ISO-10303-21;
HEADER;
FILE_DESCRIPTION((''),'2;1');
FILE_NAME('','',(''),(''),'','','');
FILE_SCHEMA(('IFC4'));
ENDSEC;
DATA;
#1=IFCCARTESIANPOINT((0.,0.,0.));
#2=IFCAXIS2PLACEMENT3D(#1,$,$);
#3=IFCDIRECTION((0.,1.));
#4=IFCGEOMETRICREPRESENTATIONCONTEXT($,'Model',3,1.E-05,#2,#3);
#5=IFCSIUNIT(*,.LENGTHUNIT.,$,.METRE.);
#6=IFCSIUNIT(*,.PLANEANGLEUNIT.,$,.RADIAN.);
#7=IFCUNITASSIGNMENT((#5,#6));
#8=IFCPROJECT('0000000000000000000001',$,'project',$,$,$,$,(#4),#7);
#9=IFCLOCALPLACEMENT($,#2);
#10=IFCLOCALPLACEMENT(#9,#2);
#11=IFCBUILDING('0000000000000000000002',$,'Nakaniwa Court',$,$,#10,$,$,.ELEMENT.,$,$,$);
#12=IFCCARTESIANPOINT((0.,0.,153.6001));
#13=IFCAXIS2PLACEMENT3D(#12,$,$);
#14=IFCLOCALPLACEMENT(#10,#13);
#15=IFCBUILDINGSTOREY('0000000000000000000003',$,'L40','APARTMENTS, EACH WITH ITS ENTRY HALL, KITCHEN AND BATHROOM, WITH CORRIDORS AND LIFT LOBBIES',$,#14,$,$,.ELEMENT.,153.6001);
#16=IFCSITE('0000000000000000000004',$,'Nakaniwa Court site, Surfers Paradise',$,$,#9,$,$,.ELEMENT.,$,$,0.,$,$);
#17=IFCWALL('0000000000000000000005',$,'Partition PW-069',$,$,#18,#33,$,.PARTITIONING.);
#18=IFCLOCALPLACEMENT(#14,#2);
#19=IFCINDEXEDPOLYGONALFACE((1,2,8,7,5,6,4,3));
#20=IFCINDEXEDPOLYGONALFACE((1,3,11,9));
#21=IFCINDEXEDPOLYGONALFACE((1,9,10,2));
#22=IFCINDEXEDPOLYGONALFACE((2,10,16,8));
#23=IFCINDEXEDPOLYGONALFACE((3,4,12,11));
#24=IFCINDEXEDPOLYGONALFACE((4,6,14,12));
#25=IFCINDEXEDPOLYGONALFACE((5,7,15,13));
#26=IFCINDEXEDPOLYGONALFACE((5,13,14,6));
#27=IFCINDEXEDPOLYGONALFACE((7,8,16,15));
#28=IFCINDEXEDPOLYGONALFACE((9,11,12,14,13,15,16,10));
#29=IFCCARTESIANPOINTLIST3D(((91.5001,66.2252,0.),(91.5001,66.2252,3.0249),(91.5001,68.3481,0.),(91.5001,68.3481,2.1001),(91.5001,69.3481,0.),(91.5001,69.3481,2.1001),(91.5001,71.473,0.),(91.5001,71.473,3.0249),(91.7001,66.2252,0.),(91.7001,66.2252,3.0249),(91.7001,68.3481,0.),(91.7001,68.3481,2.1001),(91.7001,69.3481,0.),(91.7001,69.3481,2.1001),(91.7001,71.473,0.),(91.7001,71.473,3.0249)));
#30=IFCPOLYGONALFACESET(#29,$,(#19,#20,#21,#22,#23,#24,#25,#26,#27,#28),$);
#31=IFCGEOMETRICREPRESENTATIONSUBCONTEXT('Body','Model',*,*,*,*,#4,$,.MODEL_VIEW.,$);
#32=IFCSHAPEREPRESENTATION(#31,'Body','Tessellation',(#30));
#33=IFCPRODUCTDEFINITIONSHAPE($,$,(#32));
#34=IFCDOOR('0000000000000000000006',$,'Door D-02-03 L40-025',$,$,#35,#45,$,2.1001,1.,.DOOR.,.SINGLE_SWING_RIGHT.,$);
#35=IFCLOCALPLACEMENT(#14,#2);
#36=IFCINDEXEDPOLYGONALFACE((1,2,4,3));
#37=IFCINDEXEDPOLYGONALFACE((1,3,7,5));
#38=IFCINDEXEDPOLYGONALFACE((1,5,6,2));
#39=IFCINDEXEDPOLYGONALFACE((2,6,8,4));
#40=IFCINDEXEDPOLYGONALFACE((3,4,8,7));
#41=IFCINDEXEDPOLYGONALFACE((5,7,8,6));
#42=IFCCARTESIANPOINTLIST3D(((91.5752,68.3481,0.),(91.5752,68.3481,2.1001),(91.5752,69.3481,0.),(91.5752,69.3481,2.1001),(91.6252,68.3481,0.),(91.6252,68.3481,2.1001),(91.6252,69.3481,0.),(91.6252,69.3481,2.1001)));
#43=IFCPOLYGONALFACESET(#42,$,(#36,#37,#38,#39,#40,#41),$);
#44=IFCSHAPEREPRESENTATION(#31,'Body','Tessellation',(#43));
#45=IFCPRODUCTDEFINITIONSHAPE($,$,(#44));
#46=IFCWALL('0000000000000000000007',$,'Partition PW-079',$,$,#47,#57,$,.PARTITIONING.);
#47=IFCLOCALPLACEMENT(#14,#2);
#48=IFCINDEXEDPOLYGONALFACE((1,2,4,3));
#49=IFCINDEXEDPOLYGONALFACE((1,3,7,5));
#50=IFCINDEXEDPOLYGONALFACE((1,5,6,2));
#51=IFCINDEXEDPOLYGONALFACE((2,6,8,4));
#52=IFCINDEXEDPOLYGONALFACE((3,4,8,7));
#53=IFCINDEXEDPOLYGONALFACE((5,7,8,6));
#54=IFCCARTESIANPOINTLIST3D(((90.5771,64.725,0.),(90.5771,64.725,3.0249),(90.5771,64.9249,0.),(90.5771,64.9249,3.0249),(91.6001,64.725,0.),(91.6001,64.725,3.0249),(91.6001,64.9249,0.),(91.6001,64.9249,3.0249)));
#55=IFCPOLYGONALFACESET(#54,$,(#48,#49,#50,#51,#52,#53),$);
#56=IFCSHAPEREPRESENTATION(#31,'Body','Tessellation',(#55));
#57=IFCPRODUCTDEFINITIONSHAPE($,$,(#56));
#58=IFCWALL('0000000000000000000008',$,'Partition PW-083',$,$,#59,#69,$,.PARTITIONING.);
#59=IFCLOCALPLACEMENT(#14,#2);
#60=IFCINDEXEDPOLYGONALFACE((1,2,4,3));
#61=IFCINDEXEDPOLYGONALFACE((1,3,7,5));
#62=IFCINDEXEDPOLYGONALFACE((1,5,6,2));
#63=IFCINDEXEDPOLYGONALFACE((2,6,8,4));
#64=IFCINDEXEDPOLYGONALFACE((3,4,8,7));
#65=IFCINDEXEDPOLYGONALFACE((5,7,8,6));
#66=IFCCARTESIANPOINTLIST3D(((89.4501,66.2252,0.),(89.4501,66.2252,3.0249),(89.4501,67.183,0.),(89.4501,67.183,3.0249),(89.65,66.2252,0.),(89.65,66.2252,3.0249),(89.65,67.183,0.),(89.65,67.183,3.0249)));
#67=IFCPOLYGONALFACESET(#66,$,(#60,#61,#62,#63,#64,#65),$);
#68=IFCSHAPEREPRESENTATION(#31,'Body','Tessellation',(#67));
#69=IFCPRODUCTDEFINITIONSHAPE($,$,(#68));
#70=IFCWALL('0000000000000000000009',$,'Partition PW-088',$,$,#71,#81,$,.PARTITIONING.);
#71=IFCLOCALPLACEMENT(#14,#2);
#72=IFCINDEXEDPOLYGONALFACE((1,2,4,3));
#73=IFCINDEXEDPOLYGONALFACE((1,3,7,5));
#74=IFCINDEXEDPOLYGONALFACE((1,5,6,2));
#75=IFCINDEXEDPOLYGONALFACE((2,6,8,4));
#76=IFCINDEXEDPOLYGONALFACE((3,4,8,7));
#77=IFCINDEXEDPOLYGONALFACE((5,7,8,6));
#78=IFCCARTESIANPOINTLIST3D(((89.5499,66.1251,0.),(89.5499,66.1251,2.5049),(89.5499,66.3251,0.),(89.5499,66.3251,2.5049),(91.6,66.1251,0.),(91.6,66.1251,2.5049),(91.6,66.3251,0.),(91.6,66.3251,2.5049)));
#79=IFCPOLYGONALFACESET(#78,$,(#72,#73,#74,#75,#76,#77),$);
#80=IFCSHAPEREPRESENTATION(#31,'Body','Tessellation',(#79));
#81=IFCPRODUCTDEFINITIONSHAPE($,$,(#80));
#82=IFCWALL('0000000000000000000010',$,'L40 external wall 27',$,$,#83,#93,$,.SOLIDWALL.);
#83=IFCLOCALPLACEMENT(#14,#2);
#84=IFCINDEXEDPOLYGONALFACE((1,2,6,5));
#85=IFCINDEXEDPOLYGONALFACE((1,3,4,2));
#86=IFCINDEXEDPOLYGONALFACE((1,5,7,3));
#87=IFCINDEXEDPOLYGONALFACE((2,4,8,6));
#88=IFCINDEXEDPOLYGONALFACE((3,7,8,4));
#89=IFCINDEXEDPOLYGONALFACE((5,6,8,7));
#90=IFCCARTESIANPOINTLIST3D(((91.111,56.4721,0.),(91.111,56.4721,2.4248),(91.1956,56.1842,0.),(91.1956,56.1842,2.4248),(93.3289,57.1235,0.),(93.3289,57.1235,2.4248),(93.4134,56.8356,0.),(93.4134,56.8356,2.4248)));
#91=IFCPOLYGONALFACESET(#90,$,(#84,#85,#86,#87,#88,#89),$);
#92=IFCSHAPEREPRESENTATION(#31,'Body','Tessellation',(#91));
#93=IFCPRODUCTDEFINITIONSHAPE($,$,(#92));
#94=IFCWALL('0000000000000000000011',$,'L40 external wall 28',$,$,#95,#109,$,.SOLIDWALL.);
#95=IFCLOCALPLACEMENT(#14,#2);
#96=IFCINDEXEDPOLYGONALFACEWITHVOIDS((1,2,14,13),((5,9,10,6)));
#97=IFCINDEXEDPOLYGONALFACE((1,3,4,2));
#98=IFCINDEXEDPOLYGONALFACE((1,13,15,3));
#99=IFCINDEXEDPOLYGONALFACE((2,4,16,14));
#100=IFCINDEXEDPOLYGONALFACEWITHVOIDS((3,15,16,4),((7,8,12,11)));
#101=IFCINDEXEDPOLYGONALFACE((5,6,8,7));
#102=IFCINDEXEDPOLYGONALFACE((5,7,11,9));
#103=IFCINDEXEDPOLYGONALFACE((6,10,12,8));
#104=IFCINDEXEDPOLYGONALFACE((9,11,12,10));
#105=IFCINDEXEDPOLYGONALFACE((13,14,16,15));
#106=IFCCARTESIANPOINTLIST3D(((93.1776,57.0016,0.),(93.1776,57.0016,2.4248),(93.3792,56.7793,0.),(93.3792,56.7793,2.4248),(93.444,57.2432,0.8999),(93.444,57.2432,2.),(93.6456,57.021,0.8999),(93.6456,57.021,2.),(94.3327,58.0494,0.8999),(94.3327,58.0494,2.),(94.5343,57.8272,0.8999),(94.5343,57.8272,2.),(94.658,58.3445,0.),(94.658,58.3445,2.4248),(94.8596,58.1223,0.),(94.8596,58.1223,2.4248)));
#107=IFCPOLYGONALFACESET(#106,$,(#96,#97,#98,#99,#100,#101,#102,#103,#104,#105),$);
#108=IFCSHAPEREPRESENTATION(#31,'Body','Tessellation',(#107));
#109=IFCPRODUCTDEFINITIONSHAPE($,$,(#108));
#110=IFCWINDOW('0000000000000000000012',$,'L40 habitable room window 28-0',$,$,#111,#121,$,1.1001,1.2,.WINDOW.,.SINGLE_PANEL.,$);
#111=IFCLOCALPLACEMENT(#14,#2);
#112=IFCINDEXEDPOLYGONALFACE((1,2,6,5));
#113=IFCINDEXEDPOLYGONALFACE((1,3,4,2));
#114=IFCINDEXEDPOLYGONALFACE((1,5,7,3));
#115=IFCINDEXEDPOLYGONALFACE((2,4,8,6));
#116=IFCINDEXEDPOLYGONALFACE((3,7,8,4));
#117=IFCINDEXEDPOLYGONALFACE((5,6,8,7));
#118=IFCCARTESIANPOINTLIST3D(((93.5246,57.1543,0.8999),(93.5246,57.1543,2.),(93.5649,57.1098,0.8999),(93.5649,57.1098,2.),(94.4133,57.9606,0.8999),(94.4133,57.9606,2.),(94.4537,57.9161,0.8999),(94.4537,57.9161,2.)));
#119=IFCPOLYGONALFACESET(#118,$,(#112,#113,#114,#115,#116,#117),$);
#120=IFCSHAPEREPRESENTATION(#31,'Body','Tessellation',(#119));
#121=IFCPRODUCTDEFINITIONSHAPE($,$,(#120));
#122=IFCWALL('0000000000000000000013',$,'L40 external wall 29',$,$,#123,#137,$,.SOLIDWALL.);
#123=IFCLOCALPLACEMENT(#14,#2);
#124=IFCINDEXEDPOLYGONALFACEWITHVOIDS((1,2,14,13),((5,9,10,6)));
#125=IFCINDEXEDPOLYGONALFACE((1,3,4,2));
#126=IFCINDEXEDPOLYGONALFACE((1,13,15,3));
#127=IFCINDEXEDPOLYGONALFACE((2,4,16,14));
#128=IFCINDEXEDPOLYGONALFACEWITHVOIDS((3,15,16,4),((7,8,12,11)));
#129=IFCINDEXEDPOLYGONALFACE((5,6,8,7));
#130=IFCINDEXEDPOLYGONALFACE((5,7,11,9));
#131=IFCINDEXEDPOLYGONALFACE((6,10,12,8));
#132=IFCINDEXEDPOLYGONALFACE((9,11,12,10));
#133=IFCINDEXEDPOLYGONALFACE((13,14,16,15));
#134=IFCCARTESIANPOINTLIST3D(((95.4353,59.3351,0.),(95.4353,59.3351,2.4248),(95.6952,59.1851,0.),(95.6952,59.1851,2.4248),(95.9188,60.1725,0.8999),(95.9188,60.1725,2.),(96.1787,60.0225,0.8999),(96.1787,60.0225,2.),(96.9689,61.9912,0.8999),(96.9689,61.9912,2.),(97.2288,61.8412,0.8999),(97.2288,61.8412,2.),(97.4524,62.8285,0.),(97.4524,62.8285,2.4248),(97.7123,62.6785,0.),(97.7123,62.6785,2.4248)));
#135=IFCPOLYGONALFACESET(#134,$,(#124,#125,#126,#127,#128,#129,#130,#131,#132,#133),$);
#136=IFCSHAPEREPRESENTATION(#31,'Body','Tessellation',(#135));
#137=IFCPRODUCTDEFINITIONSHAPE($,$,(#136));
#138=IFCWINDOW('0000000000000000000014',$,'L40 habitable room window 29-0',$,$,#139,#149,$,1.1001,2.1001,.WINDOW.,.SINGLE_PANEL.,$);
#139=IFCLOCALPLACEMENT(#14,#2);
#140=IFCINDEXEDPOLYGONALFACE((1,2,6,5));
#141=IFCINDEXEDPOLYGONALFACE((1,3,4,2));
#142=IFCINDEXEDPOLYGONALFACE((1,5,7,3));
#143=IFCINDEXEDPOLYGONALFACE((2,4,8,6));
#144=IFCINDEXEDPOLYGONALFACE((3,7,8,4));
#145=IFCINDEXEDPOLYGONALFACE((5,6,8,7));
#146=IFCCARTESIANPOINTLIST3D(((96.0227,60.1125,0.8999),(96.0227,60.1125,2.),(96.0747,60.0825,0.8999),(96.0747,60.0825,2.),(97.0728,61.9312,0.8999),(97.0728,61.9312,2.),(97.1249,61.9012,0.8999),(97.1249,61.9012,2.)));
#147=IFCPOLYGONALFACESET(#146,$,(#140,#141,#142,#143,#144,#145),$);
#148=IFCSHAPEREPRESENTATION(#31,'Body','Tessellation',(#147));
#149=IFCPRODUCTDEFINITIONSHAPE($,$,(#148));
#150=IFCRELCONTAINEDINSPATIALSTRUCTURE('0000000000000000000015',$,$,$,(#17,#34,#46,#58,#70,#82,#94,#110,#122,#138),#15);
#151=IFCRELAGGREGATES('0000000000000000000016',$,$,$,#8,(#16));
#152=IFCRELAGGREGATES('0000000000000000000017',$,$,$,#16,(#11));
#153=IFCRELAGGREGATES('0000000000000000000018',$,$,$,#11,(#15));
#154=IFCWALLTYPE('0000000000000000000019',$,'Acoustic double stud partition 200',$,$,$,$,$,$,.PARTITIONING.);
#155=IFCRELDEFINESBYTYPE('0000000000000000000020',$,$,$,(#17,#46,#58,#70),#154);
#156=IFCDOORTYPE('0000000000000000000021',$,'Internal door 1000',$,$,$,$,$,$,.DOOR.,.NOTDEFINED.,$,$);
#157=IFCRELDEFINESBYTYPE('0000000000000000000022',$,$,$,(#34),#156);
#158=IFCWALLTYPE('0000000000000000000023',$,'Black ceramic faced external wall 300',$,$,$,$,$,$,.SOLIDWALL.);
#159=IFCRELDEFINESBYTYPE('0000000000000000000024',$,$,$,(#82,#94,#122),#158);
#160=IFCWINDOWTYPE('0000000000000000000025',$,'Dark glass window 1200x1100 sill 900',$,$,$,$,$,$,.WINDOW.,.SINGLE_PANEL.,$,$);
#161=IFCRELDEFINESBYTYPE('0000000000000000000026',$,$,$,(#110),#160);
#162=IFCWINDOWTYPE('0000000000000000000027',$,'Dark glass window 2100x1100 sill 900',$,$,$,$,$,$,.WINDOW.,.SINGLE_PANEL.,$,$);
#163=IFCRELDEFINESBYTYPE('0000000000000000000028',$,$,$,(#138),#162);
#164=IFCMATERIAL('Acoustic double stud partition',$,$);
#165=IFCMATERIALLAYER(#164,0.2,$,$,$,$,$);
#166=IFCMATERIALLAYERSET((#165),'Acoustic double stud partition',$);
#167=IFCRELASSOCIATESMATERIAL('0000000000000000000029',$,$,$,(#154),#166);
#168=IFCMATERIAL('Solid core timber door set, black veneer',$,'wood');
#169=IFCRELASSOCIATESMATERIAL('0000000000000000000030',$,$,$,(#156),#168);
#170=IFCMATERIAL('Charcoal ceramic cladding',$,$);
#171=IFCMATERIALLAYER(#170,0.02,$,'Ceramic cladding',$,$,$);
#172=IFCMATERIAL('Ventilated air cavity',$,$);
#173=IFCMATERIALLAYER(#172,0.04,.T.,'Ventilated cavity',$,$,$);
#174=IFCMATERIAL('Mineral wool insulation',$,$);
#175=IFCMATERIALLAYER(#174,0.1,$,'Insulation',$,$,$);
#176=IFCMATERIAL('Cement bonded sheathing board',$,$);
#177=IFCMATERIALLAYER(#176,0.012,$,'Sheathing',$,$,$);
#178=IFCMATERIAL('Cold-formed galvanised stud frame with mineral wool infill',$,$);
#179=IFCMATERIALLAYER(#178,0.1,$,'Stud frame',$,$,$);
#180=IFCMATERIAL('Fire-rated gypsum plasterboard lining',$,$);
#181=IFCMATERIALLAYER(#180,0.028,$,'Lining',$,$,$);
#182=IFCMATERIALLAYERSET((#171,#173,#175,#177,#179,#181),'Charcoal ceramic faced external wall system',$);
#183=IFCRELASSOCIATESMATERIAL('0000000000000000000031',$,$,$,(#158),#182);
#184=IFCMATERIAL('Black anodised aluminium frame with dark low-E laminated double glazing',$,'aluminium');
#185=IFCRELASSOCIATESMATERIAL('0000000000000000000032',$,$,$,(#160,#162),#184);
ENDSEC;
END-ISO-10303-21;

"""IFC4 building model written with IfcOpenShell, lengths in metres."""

from ifc_helpers import new_model, si_unit, direction, frame, frame_2d, origin, place, context, subcontext, project, spatial, rectangle, extrude, material, layer, layer_set, type_object, element, fill, save


model = new_model("IFC4")

# Units and contexts
model_context = context("Model", 3, precision=1e-05, world=origin(), true_north=direction((0.0, 1.0)))
body_context = subcontext(model_context, "Body", "Model", "MODEL_VIEW")
ifc_project = project(units=[si_unit("LENGTHUNIT", "METRE"), si_unit("PLANEANGLEUNIT", "RADIAN")], contexts=[model_context])

# Site, building, storey
site_placement = place(None, origin())
site = spatial("IfcSite", under=ifc_project, at=site_placement, Name="Nakaniwa Court site, Surfers Paradise", CompositionType="ELEMENT", RefElevation=0.0)
building_placement = place(site_placement, origin())
building = spatial("IfcBuilding", under=site, at=building_placement, Name="Nakaniwa Court", CompositionType="ELEMENT")
storey_placement = place(building_placement, frame((0.0, 0.0, 153.6001)))
storey = spatial("IfcBuildingStorey", under=building, at=storey_placement, Name="L40", Description="APARTMENTS, EACH WITH ITS ENTRY HALL, KITCHEN AND BATHROOM, WITH CORRIDORS AND LIFT LOBBIES", CompositionType="ELEMENT", Elevation=153.6001)

# Shared definitions
ifc_material_1 = material(Name="Acoustic double stud partition")
ifc_layer_1 = layer(ifc_material_1, 0.2)
ifc_layer_set_1 = layer_set([ifc_layer_1], Name="Acoustic double stud partition")
wall_type_1 = type_object("IfcWallType", Name="Acoustic double stud partition 200", PredefinedType="PARTITIONING", material=ifc_layer_set_1)

# Wall, opening, door
ifc_material_2 = material(Name="Solid core timber door set, black veneer", Category="wood")
door_type = type_object("IfcDoorType", Name="Internal door 1000", OperationType="NOTDEFINED", PredefinedType="DOOR", material=ifc_material_2)
wall_1_placement = place(storey_placement, frame((91.6001, 66.2251, 0.0), z_axis=(0.0, 0.0, 1.0), x_axis=(0.0, 1.0, 0.0)))
wall_1 = element("IfcWall", 1, at=wall_1_placement, inside=storey, type_object=wall_type_1, Name="Partition PW-069", PredefinedType="PARTITIONING", context=body_context, shape_type="SweptSolid", body=[
    extrude(rectangle(XDim=5.2478, YDim=0.2, at=frame_2d((2.624, 0.0))), origin(), (0.0, 0.0, 1.0), 3.0249),
])
opening_1_placement = place(wall_1_placement, frame((2.123, 0.0, 0.0)))
opening_1 = element("IfcOpeningElement", 2, at=opening_1_placement, cuts=wall_1, PredefinedType="OPENING", context=body_context, shape_type="SweptSolid", body=[
    extrude(rectangle(XDim=1.0, YDim=2.1001, at=frame_2d((0.5, 1.05))), frame((0.0, 0.1099, 0.0), z_axis=(0.0, -1.0, 0.0), x_axis=(1.0, 0.0, 0.0)), (0.0, 0.0, 1.0), 0.22),
])
door_1_placement = place(opening_1_placement, origin())
door_1 = element("IfcDoor", 3, at=door_1_placement, inside=storey, type_object=door_type, Name="Door D-02-03 L40-025", OperationType="SINGLE_SWING_RIGHT", OverallHeight=2.1001, OverallWidth=1.0, PredefinedType="DOOR", context=body_context, shape_type="SweptSolid", body=[
    extrude(rectangle(XDim=1.0, YDim=2.1001, at=frame_2d((0.5, 1.05))), frame((0.0, 0.0249, 0.0), z_axis=(0.0, -1.0, 0.0), x_axis=(1.0, 0.0, 0.0)), (0.0, 0.0, 1.0), 0.05),
])
fill(opening_1, door_1)

# Walls
wall_2_placement = place(storey_placement, frame((90.5771, 64.825, 0.0), z_axis=(0.0, 0.0, 1.0), x_axis=(1.0, 0.0, 0.0)))
element("IfcWall", 4, at=wall_2_placement, inside=storey, type_object=wall_type_1, Name="Partition PW-079", PredefinedType="PARTITIONING", context=body_context, shape_type="SweptSolid", body=[
    extrude(rectangle(XDim=1.0229, YDim=0.2, at=frame_2d((0.5115, 0.0))), origin(), (0.0, 0.0, 1.0), 3.0249),
])
wall_3_placement = place(storey_placement, frame((89.55, 66.2251, 0.0), z_axis=(0.0, 0.0, 1.0), x_axis=(0.0, 1.0, 0.0)))
element("IfcWall", 5, at=wall_3_placement, inside=storey, type_object=wall_type_1, Name="Partition PW-083", PredefinedType="PARTITIONING", context=body_context, shape_type="SweptSolid", body=[
    extrude(rectangle(XDim=0.9578, YDim=0.2, at=frame_2d((0.479, 0.0))), origin(), (0.0, 0.0, 1.0), 3.0249),
])
wall_4_placement = place(storey_placement, frame((89.55, 66.2251, 0.0), z_axis=(0.0, 0.0, 1.0), x_axis=(1.0, 0.0, 0.0)))
element("IfcWall", 6, at=wall_4_placement, inside=storey, type_object=wall_type_1, Name="Partition PW-088", PredefinedType="PARTITIONING", context=body_context, shape_type="SweptSolid", body=[
    extrude(rectangle(XDim=2.05, YDim=0.2, at=frame_2d((1.0249, 0.0))), origin(), (0.0, 0.0, 1.0), 2.5049),
])
ifc_material_3 = material(Name="Charcoal ceramic cladding")
ifc_layer_2 = layer(ifc_material_3, 0.02, Name="Ceramic cladding")
ifc_material_4 = material(Name="Ventilated air cavity")
ifc_layer_3 = layer(ifc_material_4, 0.04, ventilated=True, Name="Ventilated cavity")
ifc_material_5 = material(Name="Mineral wool insulation")
ifc_layer_4 = layer(ifc_material_5, 0.1, Name="Insulation")
ifc_material_6 = material(Name="Cement bonded sheathing board")
ifc_layer_5 = layer(ifc_material_6, 0.012, Name="Sheathing")
ifc_material_7 = material(Name="Cold-formed galvanised stud frame with mineral wool infill")
ifc_layer_6 = layer(ifc_material_7, 0.1, Name="Stud frame")
ifc_material_8 = material(Name="Fire-rated gypsum plasterboard lining")
ifc_layer_7 = layer(ifc_material_8, 0.028, Name="Lining")
ifc_layer_set_2 = layer_set([ifc_layer_2, ifc_layer_3, ifc_layer_4, ifc_layer_5, ifc_layer_6, ifc_layer_7], Name="Charcoal ceramic faced external wall system")
wall_type_2 = type_object("IfcWallType", Name="Black ceramic faced external wall 300", PredefinedType="SOLIDWALL", material=ifc_layer_set_2)
wall_5_placement = place(storey_placement, frame((91.1533, 56.3281, 0.0), z_axis=(0.0, 0.0, 1.0), x_axis=(0.959473, 0.2818, 0.0)))
element("IfcWall", 7, at=wall_5_placement, inside=storey, type_object=wall_type_2, Name="L40 external wall 27", PredefinedType="SOLIDWALL", context=body_context, shape_type="SweptSolid", body=[
    extrude(rectangle(XDim=2.3115, YDim=0.3, at=frame_2d((1.1558, 0.0))), origin(), (0.0, 0.0, 1.0), 2.4248),
])

# Walls, openings, windows
wall_6_placement = place(storey_placement, frame((93.2783, 56.8904, 0.0), z_axis=(0.0, 0.0, 1.0), x_axis=(0.740653, 0.671888, 0.0)))
wall_6 = element("IfcWall", 8, at=wall_6_placement, inside=storey, type_object=wall_type_2, Name="L40 external wall 28", PredefinedType="SOLIDWALL", context=body_context, shape_type="SweptSolid", body=[
    extrude(rectangle(XDim=1.9988, YDim=0.3, at=frame_2d((0.9995, 0.0))), origin(), (0.0, 0.0, 1.0), 2.4248),
])
opening_2_placement = place(wall_6_placement, frame((0.3596, 0.0, 0.8999)))
opening_2 = element("IfcOpeningElement", 9, at=opening_2_placement, cuts=wall_6, PredefinedType="OPENING", context=body_context, shape_type="SweptSolid", body=[
    extrude(rectangle(XDim=1.2, YDim=1.1001, at=frame_2d((0.6001, 0.55))), frame((0.0, 0.1599, 0.0), z_axis=(0.0, -1.0, 0.0), x_axis=(1.0, 0.0, 0.0)), (0.0, 0.0, 1.0), 0.3201),
])
ifc_material_9 = material(Name="Black anodised aluminium frame with dark low-E laminated double glazing", Category="aluminium")
window_type_1 = type_object("IfcWindowType", Name="Dark glass window 1200x1100 sill 900", PartitioningType="SINGLE_PANEL", PredefinedType="WINDOW", material=ifc_material_9)
window_1_placement = place(opening_2_placement, origin())
window_1 = element("IfcWindow", 10, at=window_1_placement, inside=storey, type_object=window_type_1, Name="L40 habitable room window 28-0", OverallHeight=1.1001, OverallWidth=1.2, PartitioningType="SINGLE_PANEL", PredefinedType="WINDOW", context=body_context, shape_type="SweptSolid", body=[
    extrude(rectangle(XDim=1.2, YDim=1.1001, at=frame_2d((0.6001, 0.55))), frame((0.0, 0.03, 0.0), z_axis=(0.0, -1.0, 0.0), x_axis=(1.0, 0.0, 0.0)), (0.0, 0.0, 1.0), 0.0601),
])
fill(opening_2, window_1)
wall_7_placement = place(storey_placement, frame((95.5652, 59.26, 0.0), z_axis=(0.0, 0.0, 1.0), x_axis=(0.500032, 0.866007, 0.0)))
wall_7 = element("IfcWall", 11, at=wall_7_placement, inside=storey, type_object=wall_type_2, Name="L40 external wall 29", PredefinedType="SOLIDWALL", context=body_context, shape_type="SweptSolid", body=[
    extrude(rectangle(XDim=4.0339, YDim=0.3, at=frame_2d((2.0171, 0.0))), origin(), (0.0, 0.0, 1.0), 2.4248),
])
opening_3_placement = place(wall_7_placement, frame((0.967, 0.0, 0.8999)))
opening_3 = element("IfcOpeningElement", 12, at=opening_3_placement, cuts=wall_7, PredefinedType="OPENING", context=body_context, shape_type="SweptSolid", body=[
    extrude(rectangle(XDim=2.1001, YDim=1.1001, at=frame_2d((1.05, 0.55))), frame((0.0, 0.1599, 0.0), z_axis=(0.0, -1.0, 0.0), x_axis=(1.0, 0.0, 0.0)), (0.0, 0.0, 1.0), 0.3201),
])
window_type_2 = type_object("IfcWindowType", Name="Dark glass window 2100x1100 sill 900", PartitioningType="SINGLE_PANEL", PredefinedType="WINDOW", material=ifc_material_9)
window_2_placement = place(opening_3_placement, origin())
window_2 = element("IfcWindow", 13, at=window_2_placement, inside=storey, type_object=window_type_2, Name="L40 habitable room window 29-0", OverallHeight=1.1001, OverallWidth=2.1001, PartitioningType="SINGLE_PANEL", PredefinedType="WINDOW", context=body_context, shape_type="SweptSolid", body=[
    extrude(rectangle(XDim=2.1001, YDim=1.1001, at=frame_2d((1.05, 0.55))), frame((0.0, 0.03, 0.0), z_axis=(0.0, -1.0, 0.0), x_axis=(1.0, 0.0, 0.0)), (0.0, 0.0, 1.0), 0.0601),
])
fill(opening_3, window_2)

save(model, "model.ifc")
